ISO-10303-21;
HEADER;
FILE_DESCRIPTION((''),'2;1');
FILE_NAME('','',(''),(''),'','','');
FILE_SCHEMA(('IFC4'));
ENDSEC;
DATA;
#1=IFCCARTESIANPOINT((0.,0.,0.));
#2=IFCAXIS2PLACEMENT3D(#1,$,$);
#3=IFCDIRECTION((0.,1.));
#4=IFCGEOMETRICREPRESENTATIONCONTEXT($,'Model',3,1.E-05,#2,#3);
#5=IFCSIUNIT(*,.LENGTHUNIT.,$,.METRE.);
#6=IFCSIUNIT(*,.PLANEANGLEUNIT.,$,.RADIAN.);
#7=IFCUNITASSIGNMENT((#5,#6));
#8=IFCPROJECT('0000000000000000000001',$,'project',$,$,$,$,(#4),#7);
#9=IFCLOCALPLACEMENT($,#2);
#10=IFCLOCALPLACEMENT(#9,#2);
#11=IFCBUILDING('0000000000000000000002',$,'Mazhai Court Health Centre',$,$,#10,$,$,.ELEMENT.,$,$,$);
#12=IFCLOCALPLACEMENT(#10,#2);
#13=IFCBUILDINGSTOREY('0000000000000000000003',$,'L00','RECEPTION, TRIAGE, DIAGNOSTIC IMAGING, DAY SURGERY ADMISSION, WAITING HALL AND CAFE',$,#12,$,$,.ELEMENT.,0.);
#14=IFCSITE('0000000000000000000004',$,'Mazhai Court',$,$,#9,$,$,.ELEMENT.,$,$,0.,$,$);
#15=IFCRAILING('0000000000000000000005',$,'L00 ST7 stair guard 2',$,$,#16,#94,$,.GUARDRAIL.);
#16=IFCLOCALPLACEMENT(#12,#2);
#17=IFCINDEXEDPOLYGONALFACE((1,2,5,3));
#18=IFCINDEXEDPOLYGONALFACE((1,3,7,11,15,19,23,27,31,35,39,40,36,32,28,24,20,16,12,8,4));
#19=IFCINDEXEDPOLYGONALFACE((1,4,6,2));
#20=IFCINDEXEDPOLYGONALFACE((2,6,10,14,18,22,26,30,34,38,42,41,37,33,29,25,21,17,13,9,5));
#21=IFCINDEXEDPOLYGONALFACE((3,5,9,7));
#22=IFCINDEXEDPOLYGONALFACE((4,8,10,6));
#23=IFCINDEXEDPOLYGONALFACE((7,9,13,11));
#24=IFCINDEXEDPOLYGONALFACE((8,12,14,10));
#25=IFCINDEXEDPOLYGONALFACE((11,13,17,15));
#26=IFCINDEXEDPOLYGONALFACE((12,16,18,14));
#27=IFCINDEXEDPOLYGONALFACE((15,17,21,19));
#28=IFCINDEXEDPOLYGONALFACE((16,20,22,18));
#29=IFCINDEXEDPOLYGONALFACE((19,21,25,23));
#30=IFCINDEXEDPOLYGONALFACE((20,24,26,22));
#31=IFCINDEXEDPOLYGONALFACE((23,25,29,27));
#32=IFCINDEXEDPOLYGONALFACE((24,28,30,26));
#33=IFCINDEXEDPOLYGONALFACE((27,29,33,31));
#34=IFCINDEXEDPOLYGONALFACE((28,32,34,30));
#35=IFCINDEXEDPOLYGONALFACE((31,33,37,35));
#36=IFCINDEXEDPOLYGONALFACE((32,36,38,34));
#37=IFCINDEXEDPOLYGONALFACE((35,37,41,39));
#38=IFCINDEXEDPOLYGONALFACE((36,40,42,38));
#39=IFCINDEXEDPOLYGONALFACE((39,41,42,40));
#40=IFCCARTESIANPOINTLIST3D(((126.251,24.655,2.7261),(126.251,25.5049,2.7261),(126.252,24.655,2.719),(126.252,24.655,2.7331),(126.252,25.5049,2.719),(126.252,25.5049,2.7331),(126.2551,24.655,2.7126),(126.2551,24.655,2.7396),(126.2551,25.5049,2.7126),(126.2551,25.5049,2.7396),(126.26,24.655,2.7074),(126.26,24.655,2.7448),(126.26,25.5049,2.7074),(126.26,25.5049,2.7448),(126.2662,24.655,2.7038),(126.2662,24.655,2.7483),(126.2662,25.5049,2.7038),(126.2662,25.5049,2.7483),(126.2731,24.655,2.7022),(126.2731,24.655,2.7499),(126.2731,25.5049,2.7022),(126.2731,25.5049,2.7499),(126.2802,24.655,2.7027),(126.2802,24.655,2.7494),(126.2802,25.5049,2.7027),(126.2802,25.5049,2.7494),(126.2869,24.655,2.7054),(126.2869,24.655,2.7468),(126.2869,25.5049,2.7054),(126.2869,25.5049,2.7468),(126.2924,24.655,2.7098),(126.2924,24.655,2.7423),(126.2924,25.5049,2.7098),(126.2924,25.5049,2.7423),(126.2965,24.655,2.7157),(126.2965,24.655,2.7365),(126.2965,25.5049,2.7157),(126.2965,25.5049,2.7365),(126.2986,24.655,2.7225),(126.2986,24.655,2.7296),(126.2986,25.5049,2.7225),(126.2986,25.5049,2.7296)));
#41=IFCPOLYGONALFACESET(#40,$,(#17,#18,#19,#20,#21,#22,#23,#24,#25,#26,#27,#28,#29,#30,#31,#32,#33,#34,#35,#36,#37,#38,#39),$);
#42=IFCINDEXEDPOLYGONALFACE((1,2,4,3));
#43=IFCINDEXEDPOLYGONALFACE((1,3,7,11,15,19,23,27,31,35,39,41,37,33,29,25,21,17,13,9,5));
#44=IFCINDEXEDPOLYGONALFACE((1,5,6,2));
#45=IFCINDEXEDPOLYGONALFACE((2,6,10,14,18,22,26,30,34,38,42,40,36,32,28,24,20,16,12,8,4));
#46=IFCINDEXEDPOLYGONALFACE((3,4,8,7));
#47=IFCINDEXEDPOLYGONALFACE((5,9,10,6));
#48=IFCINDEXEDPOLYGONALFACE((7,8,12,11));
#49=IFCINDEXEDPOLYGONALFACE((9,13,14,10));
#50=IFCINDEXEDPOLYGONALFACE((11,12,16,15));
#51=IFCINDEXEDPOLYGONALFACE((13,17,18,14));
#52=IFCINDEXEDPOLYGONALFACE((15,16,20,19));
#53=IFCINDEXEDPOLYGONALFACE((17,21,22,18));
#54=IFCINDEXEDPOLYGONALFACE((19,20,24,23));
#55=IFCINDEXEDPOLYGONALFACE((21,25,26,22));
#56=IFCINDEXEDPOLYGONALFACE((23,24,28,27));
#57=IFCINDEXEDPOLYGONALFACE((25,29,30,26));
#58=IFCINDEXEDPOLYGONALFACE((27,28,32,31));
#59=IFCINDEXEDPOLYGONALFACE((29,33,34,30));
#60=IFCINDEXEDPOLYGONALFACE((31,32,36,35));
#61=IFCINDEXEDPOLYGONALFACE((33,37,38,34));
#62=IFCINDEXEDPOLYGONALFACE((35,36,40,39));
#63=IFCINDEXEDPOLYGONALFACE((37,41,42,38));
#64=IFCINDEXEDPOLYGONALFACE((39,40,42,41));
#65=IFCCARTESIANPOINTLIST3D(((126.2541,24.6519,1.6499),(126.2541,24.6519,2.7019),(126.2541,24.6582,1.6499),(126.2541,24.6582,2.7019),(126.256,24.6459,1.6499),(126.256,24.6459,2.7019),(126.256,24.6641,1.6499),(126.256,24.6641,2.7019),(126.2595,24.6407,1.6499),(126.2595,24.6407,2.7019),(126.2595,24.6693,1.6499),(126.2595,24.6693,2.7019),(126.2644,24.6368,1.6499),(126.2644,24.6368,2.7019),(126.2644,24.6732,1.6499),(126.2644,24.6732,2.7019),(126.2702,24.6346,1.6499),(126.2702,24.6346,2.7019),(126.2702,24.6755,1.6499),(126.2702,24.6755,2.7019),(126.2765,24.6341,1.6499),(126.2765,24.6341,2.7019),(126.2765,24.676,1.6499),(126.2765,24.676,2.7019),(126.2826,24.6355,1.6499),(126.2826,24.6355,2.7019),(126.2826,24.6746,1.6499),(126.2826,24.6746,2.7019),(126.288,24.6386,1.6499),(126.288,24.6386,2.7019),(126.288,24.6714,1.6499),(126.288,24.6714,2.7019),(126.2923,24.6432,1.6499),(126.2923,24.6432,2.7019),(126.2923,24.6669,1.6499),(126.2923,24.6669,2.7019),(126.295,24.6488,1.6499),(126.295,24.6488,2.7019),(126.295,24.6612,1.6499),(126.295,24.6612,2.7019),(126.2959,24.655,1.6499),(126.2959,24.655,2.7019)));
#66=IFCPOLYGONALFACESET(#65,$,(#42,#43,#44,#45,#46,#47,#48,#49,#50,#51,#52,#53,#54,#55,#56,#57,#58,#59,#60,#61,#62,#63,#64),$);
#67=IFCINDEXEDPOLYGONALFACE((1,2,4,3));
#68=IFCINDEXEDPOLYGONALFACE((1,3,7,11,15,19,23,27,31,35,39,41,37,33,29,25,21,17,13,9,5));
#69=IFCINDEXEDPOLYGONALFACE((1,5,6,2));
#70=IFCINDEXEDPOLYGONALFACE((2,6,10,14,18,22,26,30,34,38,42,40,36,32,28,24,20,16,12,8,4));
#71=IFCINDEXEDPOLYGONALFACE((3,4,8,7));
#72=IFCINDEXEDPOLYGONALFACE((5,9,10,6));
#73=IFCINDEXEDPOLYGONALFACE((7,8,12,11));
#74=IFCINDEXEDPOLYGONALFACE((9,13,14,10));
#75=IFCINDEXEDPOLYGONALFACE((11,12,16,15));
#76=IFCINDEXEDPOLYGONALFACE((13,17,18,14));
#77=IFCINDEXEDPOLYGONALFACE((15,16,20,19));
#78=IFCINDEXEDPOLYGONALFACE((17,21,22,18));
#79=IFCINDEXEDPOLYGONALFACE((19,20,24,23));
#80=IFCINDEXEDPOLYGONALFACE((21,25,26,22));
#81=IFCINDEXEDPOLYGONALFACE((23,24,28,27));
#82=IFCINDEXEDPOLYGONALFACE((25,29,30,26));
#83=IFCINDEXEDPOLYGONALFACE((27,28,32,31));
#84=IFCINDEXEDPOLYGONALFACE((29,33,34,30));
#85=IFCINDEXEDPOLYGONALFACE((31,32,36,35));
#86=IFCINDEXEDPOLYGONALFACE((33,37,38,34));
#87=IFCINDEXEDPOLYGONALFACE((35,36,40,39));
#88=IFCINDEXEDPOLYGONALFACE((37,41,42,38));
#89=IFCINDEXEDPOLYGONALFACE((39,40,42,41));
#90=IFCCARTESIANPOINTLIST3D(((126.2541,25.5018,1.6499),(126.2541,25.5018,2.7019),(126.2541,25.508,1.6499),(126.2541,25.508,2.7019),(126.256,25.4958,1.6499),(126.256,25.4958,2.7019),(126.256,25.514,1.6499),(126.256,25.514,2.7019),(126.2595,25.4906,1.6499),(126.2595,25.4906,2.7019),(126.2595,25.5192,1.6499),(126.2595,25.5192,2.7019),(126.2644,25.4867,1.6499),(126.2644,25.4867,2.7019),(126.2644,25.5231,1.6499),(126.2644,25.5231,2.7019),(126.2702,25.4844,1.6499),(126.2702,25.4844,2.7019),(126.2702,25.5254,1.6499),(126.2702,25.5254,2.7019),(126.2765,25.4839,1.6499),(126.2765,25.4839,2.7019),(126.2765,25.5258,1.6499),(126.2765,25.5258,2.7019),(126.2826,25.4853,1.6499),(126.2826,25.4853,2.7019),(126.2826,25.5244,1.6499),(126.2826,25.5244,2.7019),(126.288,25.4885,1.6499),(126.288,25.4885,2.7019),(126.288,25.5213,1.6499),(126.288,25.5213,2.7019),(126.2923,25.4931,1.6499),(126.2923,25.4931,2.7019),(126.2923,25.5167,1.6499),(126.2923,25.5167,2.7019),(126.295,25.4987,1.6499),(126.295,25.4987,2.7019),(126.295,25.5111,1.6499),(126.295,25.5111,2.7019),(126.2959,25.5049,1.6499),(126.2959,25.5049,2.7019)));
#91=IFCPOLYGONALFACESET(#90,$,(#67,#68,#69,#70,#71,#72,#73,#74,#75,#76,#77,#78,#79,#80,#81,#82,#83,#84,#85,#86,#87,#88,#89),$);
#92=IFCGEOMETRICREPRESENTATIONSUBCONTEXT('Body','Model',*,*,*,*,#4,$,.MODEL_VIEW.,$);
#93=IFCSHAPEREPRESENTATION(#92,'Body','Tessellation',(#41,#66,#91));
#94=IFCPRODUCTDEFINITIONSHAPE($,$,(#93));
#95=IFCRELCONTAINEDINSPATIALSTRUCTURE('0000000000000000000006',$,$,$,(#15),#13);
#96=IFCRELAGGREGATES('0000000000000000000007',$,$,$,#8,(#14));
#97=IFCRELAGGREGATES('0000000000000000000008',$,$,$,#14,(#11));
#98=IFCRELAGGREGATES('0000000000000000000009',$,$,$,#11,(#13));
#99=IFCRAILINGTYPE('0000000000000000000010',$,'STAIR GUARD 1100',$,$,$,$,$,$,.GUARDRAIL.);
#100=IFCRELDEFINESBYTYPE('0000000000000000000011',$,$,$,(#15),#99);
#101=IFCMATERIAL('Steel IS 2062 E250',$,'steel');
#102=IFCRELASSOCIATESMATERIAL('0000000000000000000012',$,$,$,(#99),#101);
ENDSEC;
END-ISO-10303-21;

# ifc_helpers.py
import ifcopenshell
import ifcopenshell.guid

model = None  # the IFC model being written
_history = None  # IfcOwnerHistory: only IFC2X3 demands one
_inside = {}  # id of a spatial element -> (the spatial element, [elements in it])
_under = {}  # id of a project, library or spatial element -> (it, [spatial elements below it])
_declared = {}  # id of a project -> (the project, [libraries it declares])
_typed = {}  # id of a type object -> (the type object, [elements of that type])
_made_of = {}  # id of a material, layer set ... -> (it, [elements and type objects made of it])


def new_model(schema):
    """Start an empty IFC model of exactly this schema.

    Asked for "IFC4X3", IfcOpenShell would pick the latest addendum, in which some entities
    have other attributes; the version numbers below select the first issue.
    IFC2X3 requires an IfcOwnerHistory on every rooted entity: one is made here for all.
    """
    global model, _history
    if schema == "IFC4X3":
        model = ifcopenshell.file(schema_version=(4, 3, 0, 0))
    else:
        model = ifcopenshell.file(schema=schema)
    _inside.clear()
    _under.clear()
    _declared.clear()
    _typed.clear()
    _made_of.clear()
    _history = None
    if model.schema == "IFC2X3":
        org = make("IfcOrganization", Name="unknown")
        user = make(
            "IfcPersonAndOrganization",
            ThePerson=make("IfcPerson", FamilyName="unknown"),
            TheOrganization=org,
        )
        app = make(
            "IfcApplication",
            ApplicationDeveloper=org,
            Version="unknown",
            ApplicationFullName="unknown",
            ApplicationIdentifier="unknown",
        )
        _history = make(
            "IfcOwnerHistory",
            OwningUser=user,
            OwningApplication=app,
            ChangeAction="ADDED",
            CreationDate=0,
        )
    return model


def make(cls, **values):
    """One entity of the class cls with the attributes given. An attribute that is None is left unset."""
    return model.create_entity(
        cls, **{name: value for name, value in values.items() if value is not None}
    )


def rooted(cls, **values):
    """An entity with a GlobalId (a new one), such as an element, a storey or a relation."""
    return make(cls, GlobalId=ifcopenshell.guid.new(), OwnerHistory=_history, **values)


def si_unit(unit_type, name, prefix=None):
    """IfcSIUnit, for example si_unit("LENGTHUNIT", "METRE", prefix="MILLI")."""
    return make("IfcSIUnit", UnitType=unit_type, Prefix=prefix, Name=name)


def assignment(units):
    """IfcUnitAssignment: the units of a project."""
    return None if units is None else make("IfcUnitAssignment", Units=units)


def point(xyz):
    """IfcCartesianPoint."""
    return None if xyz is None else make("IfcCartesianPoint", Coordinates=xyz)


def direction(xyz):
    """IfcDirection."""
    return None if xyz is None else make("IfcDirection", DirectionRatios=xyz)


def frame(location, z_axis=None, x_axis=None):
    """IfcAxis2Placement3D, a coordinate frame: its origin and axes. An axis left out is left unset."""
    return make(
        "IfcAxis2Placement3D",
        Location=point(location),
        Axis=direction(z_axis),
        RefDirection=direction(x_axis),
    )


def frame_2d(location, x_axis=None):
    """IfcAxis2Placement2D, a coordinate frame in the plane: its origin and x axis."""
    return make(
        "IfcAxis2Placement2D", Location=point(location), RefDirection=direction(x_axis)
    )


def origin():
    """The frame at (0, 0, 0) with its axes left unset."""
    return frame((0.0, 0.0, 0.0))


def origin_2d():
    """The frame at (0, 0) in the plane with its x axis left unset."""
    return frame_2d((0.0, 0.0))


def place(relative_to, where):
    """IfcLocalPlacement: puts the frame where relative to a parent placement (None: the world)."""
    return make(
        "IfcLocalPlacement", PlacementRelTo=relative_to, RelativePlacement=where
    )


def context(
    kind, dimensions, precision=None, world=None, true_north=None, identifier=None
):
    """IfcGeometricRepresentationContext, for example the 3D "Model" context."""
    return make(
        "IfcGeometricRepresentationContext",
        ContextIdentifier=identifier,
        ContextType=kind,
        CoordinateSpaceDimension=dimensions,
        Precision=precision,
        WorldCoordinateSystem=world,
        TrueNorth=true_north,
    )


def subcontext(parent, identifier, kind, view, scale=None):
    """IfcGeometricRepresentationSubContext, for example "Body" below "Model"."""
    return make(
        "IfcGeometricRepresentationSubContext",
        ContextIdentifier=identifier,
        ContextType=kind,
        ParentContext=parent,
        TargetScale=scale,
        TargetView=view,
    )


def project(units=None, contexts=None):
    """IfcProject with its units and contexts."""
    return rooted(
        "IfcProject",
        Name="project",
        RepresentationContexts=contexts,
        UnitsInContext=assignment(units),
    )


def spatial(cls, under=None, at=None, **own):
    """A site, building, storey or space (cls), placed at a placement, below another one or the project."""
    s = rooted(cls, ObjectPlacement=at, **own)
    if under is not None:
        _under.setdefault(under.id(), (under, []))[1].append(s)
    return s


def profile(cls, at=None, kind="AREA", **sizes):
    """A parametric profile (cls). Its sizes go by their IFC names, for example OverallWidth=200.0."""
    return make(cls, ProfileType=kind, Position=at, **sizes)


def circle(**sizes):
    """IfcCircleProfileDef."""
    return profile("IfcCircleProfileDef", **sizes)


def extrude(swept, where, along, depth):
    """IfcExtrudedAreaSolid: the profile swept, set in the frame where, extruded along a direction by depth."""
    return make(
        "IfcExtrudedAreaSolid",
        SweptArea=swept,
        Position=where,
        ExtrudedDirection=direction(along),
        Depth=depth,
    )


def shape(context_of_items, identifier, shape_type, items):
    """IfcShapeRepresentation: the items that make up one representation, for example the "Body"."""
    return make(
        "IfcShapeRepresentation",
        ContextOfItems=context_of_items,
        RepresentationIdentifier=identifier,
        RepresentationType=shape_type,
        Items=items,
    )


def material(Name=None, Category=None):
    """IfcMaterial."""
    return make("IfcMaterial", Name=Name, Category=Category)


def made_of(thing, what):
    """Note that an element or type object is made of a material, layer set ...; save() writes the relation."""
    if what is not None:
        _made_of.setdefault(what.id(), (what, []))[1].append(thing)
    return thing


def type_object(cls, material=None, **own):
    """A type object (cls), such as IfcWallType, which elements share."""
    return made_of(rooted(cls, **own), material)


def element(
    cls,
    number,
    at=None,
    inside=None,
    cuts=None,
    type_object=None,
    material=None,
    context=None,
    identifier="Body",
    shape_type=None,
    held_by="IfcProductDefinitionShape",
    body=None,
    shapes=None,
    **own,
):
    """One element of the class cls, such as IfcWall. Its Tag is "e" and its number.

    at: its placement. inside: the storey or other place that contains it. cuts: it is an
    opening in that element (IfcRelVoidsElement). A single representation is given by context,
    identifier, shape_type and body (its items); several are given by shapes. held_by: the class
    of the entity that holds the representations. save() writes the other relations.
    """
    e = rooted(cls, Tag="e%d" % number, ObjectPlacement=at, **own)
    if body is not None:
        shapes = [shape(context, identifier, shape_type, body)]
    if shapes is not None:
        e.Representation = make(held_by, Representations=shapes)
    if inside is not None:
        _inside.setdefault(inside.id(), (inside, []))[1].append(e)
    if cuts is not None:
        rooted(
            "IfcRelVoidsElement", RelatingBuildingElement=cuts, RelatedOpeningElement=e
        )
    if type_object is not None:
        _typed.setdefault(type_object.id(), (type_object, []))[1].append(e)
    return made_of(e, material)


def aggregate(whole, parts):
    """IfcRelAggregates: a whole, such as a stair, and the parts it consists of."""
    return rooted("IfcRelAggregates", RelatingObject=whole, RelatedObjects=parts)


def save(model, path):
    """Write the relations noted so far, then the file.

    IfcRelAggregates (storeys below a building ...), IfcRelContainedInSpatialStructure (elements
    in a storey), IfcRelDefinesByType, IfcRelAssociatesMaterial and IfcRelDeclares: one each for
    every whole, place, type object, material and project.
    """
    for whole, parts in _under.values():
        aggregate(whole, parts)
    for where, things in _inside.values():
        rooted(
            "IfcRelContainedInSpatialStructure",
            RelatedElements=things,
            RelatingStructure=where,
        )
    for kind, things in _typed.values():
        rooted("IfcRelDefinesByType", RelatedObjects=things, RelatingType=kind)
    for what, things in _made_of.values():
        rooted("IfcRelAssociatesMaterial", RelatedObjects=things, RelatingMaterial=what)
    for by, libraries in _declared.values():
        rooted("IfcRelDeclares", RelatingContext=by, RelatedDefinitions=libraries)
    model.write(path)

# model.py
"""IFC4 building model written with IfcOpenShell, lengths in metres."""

from ifc_helpers import new_model, si_unit, direction, frame, origin, origin_2d, place, context, subcontext, project, spatial, circle, extrude, material, type_object, element, save


model = new_model("IFC4")

# Units and contexts
model_context = context("Model", 3, precision=1e-05, world=origin(), true_north=direction((0.0, 1.0)))
body_context = subcontext(model_context, "Body", "Model", "MODEL_VIEW")
ifc_project = project(units=[si_unit("LENGTHUNIT", "METRE"), si_unit("PLANEANGLEUNIT", "RADIAN")], contexts=[model_context])

# Site, building, storey
site_placement = place(None, origin())
site = spatial("IfcSite", under=ifc_project, at=site_placement, Name="Mazhai Court", CompositionType="ELEMENT", RefElevation=0.0)
building_placement = place(site_placement, origin())
building = spatial("IfcBuilding", under=site, at=building_placement, Name="Mazhai Court Health Centre", CompositionType="ELEMENT")
storey_placement = place(building_placement, origin())
storey = spatial("IfcBuildingStorey", under=building, at=storey_placement, Name="L00", Description="RECEPTION, TRIAGE, DIAGNOSTIC IMAGING, DAY SURGERY ADMISSION, WAITING HALL AND CAFE", CompositionType="ELEMENT", Elevation=0.0)

# Railing
ifc_material_1 = material(Name="Steel IS 2062 E250", Category="steel")
railing_type_1 = type_object("IfcRailingType", Name="STAIR GUARD 1100", PredefinedType="GUARDRAIL", material=ifc_material_1)
railing_1_placement = place(storey_placement, frame((126.2749, 24.655, 1.6499)))
element("IfcRailing", 1, at=railing_1_placement, inside=storey, type_object=railing_type_1, Name="L00 ST7 stair guard 2", PredefinedType="GUARDRAIL", context=body_context, shape_type="SweptSolid", body=[
    extrude(circle(Radius=0.0239, at=origin_2d()), frame((0.0, 0.0, 1.0762), z_axis=(0.0, 1.0, 0.0), x_axis=(-1.0, 0.0, 0.0)), (0.0, 0.0, 1.0), 0.8499),
    extrude(circle(Radius=0.021, at=origin_2d()), origin(), (0.0, 0.0, 1.0), 1.052),
    extrude(circle(Radius=0.021, at=origin_2d()), frame((0.0, 0.8499, 0.0)), (0.0, 0.0, 1.0), 1.052),
])

save(model, "model.ifc")
